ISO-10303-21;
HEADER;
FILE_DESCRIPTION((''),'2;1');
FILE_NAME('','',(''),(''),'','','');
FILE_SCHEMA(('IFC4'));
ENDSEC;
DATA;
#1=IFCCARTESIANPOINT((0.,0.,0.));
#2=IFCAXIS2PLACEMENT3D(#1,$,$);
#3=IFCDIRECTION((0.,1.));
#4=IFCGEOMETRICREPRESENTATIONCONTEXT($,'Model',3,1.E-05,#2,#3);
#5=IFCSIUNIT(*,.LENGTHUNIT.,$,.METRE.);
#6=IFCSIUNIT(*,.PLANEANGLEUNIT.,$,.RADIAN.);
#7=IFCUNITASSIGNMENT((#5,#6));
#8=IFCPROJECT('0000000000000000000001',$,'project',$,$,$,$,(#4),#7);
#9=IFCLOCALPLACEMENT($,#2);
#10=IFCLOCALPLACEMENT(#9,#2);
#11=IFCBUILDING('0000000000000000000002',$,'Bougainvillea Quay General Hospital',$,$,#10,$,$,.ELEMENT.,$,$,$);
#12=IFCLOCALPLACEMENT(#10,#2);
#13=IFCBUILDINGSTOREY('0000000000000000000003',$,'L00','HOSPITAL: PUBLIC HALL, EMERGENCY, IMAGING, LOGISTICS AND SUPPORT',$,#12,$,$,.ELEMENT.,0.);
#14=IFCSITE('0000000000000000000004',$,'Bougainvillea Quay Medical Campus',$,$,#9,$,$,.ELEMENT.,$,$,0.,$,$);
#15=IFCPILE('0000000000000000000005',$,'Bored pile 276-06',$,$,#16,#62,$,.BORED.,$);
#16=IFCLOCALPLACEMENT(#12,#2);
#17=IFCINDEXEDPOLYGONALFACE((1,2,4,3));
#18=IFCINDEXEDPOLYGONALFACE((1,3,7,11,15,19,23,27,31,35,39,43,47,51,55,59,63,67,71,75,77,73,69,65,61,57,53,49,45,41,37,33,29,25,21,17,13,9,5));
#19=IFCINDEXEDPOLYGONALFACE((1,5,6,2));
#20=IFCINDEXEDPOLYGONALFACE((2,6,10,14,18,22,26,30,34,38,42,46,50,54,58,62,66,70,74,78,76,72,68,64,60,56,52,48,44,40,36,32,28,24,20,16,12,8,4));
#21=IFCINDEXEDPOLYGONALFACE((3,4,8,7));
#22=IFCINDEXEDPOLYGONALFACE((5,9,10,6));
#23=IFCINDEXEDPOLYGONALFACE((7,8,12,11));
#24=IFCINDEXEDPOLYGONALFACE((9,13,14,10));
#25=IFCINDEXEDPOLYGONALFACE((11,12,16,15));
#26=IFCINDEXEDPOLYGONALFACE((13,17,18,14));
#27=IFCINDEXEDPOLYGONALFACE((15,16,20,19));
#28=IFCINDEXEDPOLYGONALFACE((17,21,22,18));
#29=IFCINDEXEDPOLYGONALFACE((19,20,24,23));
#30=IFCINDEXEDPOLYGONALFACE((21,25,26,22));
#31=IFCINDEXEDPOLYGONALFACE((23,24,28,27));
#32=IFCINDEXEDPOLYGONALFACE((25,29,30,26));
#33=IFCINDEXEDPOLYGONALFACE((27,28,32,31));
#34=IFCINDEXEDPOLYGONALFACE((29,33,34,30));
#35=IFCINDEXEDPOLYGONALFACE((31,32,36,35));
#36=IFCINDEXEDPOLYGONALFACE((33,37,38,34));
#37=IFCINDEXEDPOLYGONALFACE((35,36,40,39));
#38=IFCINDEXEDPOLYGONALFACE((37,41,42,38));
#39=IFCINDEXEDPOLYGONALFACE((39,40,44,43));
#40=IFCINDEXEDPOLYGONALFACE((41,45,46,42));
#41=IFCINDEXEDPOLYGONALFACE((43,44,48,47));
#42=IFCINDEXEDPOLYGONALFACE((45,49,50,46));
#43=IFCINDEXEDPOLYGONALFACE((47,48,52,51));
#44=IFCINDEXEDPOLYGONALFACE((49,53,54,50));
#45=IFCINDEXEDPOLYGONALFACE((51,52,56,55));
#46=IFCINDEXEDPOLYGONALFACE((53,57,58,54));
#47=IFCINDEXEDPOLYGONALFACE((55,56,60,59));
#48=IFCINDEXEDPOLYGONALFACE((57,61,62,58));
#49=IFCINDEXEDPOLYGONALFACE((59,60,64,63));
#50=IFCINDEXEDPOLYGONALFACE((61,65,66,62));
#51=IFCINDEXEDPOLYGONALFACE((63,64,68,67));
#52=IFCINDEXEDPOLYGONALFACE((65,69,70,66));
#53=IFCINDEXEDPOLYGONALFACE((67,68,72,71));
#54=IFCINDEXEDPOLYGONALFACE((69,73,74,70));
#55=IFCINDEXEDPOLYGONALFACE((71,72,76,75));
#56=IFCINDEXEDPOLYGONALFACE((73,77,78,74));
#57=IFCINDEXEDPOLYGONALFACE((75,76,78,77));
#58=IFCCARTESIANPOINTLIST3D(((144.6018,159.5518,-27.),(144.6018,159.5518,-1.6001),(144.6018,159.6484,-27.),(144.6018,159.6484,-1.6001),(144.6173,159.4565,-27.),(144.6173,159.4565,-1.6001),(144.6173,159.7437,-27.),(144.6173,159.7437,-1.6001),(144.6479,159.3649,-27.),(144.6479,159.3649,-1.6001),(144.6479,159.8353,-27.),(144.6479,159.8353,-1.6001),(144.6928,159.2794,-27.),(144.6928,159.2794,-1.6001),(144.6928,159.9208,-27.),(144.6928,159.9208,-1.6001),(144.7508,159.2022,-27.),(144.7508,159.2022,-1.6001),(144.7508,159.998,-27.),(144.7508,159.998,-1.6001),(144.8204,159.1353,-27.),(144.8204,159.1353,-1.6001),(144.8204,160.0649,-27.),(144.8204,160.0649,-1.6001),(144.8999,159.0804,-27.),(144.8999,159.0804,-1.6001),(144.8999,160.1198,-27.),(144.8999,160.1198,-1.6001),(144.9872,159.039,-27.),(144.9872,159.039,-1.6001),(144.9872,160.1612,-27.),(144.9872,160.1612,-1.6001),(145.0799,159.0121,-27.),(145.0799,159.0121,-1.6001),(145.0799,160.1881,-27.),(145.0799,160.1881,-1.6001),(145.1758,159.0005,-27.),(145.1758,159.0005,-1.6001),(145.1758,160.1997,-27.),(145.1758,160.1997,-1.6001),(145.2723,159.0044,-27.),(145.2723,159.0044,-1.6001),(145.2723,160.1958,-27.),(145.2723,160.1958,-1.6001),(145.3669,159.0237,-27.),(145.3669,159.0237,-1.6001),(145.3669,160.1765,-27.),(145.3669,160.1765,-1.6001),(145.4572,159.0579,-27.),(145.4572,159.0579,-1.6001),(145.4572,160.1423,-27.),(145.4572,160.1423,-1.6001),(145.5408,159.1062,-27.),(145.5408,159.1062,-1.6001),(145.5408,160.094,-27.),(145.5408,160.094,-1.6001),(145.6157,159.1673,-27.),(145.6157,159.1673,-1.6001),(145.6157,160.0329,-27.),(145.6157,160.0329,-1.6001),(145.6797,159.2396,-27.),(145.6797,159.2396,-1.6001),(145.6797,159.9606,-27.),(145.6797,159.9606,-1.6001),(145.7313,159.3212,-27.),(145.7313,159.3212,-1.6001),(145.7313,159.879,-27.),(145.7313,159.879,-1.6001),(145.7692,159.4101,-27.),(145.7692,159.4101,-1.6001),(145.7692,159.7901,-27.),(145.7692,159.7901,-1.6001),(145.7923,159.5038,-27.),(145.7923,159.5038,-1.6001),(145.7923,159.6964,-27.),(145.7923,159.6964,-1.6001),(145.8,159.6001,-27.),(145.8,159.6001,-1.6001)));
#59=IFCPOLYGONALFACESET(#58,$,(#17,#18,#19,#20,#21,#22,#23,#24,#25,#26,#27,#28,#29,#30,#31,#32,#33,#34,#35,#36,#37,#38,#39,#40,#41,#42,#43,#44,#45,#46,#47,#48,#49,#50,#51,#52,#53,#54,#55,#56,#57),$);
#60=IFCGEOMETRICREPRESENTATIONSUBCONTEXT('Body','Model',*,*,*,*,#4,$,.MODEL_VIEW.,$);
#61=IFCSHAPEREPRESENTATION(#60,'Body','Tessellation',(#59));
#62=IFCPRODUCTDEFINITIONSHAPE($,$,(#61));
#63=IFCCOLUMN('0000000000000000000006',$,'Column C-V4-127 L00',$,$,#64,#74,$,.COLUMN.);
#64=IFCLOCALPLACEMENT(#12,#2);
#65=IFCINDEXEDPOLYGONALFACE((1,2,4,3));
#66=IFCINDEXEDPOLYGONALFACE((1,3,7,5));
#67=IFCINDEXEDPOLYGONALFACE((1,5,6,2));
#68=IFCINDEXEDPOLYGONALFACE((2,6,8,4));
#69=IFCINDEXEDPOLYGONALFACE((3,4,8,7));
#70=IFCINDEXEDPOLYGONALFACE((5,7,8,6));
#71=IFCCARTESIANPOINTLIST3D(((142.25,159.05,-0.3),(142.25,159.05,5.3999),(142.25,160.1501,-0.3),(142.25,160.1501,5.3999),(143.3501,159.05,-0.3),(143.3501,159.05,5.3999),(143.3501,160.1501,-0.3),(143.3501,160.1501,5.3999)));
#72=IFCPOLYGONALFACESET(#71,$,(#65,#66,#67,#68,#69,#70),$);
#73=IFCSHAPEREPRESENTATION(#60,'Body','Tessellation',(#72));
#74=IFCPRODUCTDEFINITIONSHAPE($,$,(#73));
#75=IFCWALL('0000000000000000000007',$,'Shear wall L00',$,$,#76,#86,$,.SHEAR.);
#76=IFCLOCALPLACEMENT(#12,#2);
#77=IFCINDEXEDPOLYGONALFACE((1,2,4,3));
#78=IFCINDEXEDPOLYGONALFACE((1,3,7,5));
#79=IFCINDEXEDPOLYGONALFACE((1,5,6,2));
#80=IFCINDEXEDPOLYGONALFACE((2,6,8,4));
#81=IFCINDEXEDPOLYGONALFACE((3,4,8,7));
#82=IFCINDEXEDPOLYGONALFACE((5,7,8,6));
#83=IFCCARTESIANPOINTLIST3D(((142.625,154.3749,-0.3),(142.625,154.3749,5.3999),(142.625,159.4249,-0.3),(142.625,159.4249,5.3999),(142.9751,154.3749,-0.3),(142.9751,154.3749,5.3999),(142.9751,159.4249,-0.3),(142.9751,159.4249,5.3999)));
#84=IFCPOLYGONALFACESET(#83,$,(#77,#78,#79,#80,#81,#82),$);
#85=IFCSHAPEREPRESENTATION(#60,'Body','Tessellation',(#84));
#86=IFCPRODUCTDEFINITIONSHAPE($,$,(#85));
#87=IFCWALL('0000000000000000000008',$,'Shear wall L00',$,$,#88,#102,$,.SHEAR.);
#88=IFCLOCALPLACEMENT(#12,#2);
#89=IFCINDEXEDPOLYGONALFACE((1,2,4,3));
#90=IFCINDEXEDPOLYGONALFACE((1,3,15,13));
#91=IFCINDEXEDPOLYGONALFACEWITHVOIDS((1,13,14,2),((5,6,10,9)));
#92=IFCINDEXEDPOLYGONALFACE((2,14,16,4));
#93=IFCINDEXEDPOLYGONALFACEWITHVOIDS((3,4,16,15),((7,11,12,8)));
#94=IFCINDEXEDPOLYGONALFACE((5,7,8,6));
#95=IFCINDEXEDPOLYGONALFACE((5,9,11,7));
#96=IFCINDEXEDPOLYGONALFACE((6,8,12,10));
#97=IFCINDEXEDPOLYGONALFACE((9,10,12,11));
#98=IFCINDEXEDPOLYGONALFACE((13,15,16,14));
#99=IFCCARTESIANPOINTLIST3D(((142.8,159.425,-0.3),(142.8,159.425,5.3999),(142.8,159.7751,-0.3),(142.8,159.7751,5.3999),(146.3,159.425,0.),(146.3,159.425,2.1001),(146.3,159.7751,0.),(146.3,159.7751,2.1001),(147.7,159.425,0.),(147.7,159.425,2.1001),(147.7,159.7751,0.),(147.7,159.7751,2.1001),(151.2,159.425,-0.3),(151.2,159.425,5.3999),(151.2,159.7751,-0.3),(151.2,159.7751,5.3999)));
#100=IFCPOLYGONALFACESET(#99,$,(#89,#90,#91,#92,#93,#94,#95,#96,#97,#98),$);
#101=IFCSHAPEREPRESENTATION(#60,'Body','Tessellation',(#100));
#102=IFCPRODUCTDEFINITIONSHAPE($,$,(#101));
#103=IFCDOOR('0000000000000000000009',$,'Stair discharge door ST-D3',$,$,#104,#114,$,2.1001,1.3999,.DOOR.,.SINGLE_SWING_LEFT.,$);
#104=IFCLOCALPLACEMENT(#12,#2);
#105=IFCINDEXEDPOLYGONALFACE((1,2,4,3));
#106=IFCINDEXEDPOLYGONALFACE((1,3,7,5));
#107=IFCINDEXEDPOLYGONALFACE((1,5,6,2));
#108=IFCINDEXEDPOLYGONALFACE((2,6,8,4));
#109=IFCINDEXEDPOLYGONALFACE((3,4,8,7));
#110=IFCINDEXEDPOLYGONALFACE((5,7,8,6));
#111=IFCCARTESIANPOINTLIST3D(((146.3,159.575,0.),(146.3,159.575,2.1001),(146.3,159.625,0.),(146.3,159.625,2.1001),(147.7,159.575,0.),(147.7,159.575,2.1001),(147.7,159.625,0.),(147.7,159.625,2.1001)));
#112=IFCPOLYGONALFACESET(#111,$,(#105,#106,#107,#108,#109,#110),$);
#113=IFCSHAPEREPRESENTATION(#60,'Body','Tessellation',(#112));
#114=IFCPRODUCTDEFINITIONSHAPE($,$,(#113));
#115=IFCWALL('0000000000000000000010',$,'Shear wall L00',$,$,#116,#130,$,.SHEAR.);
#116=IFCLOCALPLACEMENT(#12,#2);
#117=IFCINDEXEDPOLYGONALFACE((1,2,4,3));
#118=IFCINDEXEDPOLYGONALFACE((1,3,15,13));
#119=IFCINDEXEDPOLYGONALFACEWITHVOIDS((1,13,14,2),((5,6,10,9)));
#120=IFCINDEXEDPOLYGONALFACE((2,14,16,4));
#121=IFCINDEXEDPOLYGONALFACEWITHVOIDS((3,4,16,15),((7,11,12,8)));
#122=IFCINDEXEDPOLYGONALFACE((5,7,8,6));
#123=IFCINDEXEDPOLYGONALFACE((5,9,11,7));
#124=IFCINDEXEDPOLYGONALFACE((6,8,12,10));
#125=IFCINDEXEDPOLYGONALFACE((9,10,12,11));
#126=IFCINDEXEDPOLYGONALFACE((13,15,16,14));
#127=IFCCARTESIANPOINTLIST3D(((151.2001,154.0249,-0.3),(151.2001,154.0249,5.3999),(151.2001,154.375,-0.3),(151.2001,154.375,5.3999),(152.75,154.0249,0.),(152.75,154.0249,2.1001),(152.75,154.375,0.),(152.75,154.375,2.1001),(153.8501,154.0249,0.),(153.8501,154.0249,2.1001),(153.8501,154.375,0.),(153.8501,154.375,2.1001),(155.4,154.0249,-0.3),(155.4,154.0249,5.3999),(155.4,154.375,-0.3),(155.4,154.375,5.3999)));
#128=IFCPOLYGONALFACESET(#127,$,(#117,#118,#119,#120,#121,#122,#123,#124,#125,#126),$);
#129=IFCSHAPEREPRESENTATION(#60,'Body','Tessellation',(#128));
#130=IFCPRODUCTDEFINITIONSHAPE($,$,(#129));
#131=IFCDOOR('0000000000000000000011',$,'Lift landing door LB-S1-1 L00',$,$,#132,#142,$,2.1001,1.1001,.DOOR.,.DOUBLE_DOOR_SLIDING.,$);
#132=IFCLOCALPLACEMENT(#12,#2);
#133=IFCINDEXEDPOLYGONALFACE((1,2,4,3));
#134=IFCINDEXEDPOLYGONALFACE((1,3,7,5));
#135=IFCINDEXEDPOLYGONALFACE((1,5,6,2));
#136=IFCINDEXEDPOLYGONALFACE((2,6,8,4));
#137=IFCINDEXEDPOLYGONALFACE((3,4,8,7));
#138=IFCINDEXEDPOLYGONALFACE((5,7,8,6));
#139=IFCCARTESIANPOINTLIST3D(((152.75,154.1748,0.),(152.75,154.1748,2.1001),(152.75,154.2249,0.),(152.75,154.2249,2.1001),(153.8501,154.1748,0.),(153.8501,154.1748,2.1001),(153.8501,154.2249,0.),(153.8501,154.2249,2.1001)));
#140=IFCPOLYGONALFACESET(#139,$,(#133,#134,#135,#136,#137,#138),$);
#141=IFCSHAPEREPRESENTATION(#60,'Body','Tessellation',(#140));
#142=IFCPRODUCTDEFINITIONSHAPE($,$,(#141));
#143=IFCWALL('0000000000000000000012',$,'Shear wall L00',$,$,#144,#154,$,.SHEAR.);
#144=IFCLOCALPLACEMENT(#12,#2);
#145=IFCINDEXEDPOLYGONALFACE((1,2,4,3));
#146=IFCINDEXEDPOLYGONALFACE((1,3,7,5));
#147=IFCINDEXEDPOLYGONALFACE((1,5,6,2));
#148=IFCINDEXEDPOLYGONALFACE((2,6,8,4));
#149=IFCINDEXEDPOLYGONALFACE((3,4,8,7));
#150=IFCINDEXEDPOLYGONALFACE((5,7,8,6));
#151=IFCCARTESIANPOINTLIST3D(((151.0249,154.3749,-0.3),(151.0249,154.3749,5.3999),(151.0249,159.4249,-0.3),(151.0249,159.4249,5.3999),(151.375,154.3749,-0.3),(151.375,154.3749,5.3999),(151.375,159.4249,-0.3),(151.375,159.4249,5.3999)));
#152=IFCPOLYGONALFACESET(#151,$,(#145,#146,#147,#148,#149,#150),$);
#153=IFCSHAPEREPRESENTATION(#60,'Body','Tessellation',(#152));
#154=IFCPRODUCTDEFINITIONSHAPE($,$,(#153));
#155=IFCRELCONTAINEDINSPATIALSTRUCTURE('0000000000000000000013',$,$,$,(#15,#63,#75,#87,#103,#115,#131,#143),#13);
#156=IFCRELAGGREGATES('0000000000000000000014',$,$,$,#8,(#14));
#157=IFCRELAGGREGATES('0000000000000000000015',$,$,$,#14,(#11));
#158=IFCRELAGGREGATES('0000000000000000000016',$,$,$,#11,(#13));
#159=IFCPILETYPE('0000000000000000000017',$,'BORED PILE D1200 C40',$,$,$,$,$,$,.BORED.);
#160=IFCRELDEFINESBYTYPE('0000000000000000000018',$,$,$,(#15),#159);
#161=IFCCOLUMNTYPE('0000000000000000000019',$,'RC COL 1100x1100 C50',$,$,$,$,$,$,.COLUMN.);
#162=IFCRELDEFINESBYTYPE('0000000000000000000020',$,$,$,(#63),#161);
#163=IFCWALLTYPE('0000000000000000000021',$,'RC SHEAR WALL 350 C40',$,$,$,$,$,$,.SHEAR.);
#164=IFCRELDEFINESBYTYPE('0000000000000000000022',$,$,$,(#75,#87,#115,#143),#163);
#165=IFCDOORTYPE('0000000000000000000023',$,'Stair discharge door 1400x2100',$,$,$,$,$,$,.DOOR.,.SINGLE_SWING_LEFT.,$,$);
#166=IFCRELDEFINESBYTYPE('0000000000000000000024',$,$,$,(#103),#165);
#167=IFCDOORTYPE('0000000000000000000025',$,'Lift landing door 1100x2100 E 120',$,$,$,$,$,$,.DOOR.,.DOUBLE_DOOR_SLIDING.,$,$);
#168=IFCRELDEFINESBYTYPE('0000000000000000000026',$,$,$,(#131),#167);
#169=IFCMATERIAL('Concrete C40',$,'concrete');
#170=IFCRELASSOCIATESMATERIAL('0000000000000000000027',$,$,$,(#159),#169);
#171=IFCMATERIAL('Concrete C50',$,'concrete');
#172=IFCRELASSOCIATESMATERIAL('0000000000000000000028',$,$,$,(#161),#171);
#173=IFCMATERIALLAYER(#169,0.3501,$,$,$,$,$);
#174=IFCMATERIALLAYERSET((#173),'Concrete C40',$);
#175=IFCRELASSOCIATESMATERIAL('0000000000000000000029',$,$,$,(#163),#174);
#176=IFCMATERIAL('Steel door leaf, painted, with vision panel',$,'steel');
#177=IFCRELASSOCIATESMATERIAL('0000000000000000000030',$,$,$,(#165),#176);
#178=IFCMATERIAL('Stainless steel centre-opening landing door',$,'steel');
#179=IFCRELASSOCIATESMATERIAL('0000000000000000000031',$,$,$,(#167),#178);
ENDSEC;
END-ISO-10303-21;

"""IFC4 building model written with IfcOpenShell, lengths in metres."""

from ifc_helpers import new_model, si_unit, direction, frame, frame_2d, origin, origin_2d, place, context, subcontext, project, spatial, rectangle, circle, extrude, material, layer, layer_set, material_profile, profile_set, type_object, element, fill, save


model = new_model("IFC4")

# Units and contexts
model_context = context("Model", 3, precision=1e-05, world=origin(), true_north=direction((0.0, 1.0)))
body_context = subcontext(model_context, "Body", "Model", "MODEL_VIEW")
ifc_project = project(units=[si_unit("LENGTHUNIT", "METRE"), si_unit("PLANEANGLEUNIT", "RADIAN")], contexts=[model_context])

# Site, building, storey
site_placement = place(None, origin())
site = spatial("IfcSite", under=ifc_project, at=site_placement, Name="Bougainvillea Quay Medical Campus", CompositionType="ELEMENT", RefElevation=0.0)
building_placement = place(site_placement, origin())
building = spatial("IfcBuilding", under=site, at=building_placement, Name="Bougainvillea Quay General Hospital", CompositionType="ELEMENT")
storey_placement = place(building_placement, origin())
storey = spatial("IfcBuildingStorey", under=building, at=storey_placement, Name="L00", Description="HOSPITAL: PUBLIC HALL, EMERGENCY, IMAGING, LOGISTICS AND SUPPORT", CompositionType="ELEMENT", Elevation=0.0)

# Pile
ifc_material_1 = material(Name="Concrete C40", Category="concrete")
ifc_material_profile_1 = material_profile(ifc_material_1, circle(Radius=0.6001, at=origin_2d()))
ifc_profile_set_1 = profile_set([ifc_material_profile_1], Name="Concrete C40")
pile_type = type_object("IfcPileType", Name="BORED PILE D1200 C40", PredefinedType="BORED", material=ifc_profile_set_1)
pile_placement = place(storey_placement, frame((145.2, 159.6001, -1.6001), z_axis=(0.0, 0.0, -1.0), x_axis=(1.0, 0.0, 0.0)))
element("IfcPile", 1, at=pile_placement, inside=storey, type_object=pile_type, Name="Bored pile 276-06", PredefinedType="BORED", context=body_context, shape_type="SweptSolid", body=[
    extrude(circle(Radius=0.6001, at=origin_2d()), origin(), (0.0, 0.0, 1.0), 25.3999),
])

# Column
ifc_material_2 = material(Name="Concrete C50", Category="concrete")
ifc_material_profile_2 = material_profile(ifc_material_2, rectangle(XDim=1.1001, YDim=1.1001, at=origin_2d()))
ifc_profile_set_2 = profile_set([ifc_material_profile_2], Name="Concrete C50")
column_type = type_object("IfcColumnType", Name="RC COL 1100x1100 C50", PredefinedType="COLUMN", material=ifc_profile_set_2)
column_placement = place(storey_placement, frame((142.8, 159.6001, -0.3), z_axis=(0.0, 0.0, 1.0), x_axis=(1.0, 0.0, 0.0)))
element("IfcColumn", 2, at=column_placement, inside=storey, type_object=column_type, Name="Column C-V4-127 L00", PredefinedType="COLUMN", context=body_context, shape_type="SweptSolid", body=[
    extrude(rectangle(XDim=1.1001, YDim=1.1001, at=origin_2d()), origin(), (0.0, 0.0, 1.0), 5.7),
])

# Wall
ifc_layer = layer(ifc_material_1, 0.3501)
ifc_layer_set = layer_set([ifc_layer], Name="Concrete C40")
wall_type = type_object("IfcWallType", Name="RC SHEAR WALL 350 C40", PredefinedType="SHEAR", material=ifc_layer_set)
wall_1_placement = place(storey_placement, frame((142.8, 154.375, -0.3), z_axis=(0.0, 0.0, 1.0), x_axis=(0.0, 1.0, 0.0)))
element("IfcWall", 3, at=wall_1_placement, inside=storey, type_object=wall_type, Name="Shear wall L00", PredefinedType="SHEAR", context=body_context, shape_type="SweptSolid", body=[
    extrude(rectangle(XDim=5.05, YDim=0.3501, at=frame_2d((2.5249, 0.0))), origin(), (0.0, 0.0, 1.0), 5.7),
])

# Walls, openings, doors
wall_2_placement = place(storey_placement, frame((142.8, 159.6001, -0.3), z_axis=(0.0, 0.0, 1.0), x_axis=(1.0, 0.0, 0.0)))
wall_2 = element("IfcWall", 4, at=wall_2_placement, inside=storey, type_object=wall_type, Name="Shear wall L00", PredefinedType="SHEAR", context=body_context, shape_type="SweptSolid", body=[
    extrude(rectangle(XDim=8.3999, YDim=0.3501, at=frame_2d((4.2, 0.0))), origin(), (0.0, 0.0, 1.0), 5.7),
])
opening_1_placement = place(wall_2_placement, frame((3.5, 0.0, 0.3)))
opening_1 = element("IfcOpeningElement", 5, at=opening_1_placement, cuts=wall_2, PredefinedType="OPENING", context=body_context, shape_type="SweptSolid", body=[
    extrude(rectangle(XDim=1.3999, YDim=2.1001, at=frame_2d((0.7, 1.05))), frame((0.0, 0.1851, 0.0), z_axis=(0.0, -1.0, 0.0), x_axis=(1.0, 0.0, 0.0)), (0.0, 0.0, 1.0), 0.3701),
])
ifc_material_3 = material(Name="Steel door leaf, painted, with vision panel", Category="steel")
door_type_1 = type_object("IfcDoorType", Name="Stair discharge door 1400x2100", OperationType="SINGLE_SWING_LEFT", PredefinedType="DOOR", material=ifc_material_3)
door_1_placement = place(opening_1_placement, origin())
door_1 = element("IfcDoor", 6, at=door_1_placement, inside=storey, type_object=door_type_1, Name="Stair discharge door ST-D3", OperationType="SINGLE_SWING_LEFT", OverallHeight=2.1001, OverallWidth=1.3999, PredefinedType="DOOR", context=body_context, shape_type="SweptSolid", body=[
    extrude(rectangle(XDim=1.3999, YDim=2.1001, at=frame_2d((0.7, 1.05))), frame((0.0, 0.0249, 0.0), z_axis=(0.0, -1.0, 0.0), x_axis=(1.0, 0.0, 0.0)), (0.0, 0.0, 1.0), 0.05),
])
fill(opening_1, door_1)
wall_3_placement = place(storey_placement, frame((151.2, 154.2, -0.3), z_axis=(0.0, 0.0, 1.0), x_axis=(1.0, 0.0, 0.0)))
wall_3 = element("IfcWall", 7, at=wall_3_placement, inside=storey, type_object=wall_type, Name="Shear wall L00", PredefinedType="SHEAR", context=body_context, shape_type="SweptSolid", body=[
    extrude(rectangle(XDim=4.2, YDim=0.3501, at=frame_2d((2.1001, 0.0))), origin(), (0.0, 0.0, 1.0), 5.7),
])
opening_2_placement = place(wall_3_placement, frame((1.55, 0.0, 0.3)))
opening_2 = element("IfcOpeningElement", 8, at=opening_2_placement, cuts=wall_3, PredefinedType="OPENING", context=body_context, shape_type="SweptSolid", body=[
    extrude(rectangle(XDim=1.1001, YDim=2.1001, at=frame_2d((0.55, 1.05))), frame((0.0, 0.1851, 0.0), z_axis=(0.0, -1.0, 0.0), x_axis=(1.0, 0.0, 0.0)), (0.0, 0.0, 1.0), 0.3701),
])
ifc_material_4 = material(Name="Stainless steel centre-opening landing door", Category="steel")
door_type_2 = type_object("IfcDoorType", Name="Lift landing door 1100x2100 E 120", OperationType="DOUBLE_DOOR_SLIDING", PredefinedType="DOOR", material=ifc_material_4)
door_2_placement = place(opening_2_placement, origin())
door_2 = element("IfcDoor", 9, at=door_2_placement, inside=storey, type_object=door_type_2, Name="Lift landing door LB-S1-1 L00", OperationType="DOUBLE_DOOR_SLIDING", OverallHeight=2.1001, OverallWidth=1.1001, PredefinedType="DOOR", context=body_context, shape_type="SweptSolid", body=[
    extrude(rectangle(XDim=1.1001, YDim=2.1001, at=frame_2d((0.55, 1.05))), frame((0.0, 0.0249, 0.0), z_axis=(0.0, -1.0, 0.0), x_axis=(1.0, 0.0, 0.0)), (0.0, 0.0, 1.0), 0.05),
])
fill(opening_2, door_2)

# Wall
wall_4_placement = place(storey_placement, frame((151.2, 154.375, -0.3), z_axis=(0.0, 0.0, 1.0), x_axis=(0.0, 1.0, 0.0)))
element("IfcWall", 10, at=wall_4_placement, inside=storey, type_object=wall_type, Name="Shear wall L00", PredefinedType="SHEAR", context=body_context, shape_type="SweptSolid", body=[
    extrude(rectangle(XDim=5.05, YDim=0.3501, at=frame_2d((2.5249, 0.0))), origin(), (0.0, 0.0, 1.0), 5.7),
])

save(model, "model.ifc")
